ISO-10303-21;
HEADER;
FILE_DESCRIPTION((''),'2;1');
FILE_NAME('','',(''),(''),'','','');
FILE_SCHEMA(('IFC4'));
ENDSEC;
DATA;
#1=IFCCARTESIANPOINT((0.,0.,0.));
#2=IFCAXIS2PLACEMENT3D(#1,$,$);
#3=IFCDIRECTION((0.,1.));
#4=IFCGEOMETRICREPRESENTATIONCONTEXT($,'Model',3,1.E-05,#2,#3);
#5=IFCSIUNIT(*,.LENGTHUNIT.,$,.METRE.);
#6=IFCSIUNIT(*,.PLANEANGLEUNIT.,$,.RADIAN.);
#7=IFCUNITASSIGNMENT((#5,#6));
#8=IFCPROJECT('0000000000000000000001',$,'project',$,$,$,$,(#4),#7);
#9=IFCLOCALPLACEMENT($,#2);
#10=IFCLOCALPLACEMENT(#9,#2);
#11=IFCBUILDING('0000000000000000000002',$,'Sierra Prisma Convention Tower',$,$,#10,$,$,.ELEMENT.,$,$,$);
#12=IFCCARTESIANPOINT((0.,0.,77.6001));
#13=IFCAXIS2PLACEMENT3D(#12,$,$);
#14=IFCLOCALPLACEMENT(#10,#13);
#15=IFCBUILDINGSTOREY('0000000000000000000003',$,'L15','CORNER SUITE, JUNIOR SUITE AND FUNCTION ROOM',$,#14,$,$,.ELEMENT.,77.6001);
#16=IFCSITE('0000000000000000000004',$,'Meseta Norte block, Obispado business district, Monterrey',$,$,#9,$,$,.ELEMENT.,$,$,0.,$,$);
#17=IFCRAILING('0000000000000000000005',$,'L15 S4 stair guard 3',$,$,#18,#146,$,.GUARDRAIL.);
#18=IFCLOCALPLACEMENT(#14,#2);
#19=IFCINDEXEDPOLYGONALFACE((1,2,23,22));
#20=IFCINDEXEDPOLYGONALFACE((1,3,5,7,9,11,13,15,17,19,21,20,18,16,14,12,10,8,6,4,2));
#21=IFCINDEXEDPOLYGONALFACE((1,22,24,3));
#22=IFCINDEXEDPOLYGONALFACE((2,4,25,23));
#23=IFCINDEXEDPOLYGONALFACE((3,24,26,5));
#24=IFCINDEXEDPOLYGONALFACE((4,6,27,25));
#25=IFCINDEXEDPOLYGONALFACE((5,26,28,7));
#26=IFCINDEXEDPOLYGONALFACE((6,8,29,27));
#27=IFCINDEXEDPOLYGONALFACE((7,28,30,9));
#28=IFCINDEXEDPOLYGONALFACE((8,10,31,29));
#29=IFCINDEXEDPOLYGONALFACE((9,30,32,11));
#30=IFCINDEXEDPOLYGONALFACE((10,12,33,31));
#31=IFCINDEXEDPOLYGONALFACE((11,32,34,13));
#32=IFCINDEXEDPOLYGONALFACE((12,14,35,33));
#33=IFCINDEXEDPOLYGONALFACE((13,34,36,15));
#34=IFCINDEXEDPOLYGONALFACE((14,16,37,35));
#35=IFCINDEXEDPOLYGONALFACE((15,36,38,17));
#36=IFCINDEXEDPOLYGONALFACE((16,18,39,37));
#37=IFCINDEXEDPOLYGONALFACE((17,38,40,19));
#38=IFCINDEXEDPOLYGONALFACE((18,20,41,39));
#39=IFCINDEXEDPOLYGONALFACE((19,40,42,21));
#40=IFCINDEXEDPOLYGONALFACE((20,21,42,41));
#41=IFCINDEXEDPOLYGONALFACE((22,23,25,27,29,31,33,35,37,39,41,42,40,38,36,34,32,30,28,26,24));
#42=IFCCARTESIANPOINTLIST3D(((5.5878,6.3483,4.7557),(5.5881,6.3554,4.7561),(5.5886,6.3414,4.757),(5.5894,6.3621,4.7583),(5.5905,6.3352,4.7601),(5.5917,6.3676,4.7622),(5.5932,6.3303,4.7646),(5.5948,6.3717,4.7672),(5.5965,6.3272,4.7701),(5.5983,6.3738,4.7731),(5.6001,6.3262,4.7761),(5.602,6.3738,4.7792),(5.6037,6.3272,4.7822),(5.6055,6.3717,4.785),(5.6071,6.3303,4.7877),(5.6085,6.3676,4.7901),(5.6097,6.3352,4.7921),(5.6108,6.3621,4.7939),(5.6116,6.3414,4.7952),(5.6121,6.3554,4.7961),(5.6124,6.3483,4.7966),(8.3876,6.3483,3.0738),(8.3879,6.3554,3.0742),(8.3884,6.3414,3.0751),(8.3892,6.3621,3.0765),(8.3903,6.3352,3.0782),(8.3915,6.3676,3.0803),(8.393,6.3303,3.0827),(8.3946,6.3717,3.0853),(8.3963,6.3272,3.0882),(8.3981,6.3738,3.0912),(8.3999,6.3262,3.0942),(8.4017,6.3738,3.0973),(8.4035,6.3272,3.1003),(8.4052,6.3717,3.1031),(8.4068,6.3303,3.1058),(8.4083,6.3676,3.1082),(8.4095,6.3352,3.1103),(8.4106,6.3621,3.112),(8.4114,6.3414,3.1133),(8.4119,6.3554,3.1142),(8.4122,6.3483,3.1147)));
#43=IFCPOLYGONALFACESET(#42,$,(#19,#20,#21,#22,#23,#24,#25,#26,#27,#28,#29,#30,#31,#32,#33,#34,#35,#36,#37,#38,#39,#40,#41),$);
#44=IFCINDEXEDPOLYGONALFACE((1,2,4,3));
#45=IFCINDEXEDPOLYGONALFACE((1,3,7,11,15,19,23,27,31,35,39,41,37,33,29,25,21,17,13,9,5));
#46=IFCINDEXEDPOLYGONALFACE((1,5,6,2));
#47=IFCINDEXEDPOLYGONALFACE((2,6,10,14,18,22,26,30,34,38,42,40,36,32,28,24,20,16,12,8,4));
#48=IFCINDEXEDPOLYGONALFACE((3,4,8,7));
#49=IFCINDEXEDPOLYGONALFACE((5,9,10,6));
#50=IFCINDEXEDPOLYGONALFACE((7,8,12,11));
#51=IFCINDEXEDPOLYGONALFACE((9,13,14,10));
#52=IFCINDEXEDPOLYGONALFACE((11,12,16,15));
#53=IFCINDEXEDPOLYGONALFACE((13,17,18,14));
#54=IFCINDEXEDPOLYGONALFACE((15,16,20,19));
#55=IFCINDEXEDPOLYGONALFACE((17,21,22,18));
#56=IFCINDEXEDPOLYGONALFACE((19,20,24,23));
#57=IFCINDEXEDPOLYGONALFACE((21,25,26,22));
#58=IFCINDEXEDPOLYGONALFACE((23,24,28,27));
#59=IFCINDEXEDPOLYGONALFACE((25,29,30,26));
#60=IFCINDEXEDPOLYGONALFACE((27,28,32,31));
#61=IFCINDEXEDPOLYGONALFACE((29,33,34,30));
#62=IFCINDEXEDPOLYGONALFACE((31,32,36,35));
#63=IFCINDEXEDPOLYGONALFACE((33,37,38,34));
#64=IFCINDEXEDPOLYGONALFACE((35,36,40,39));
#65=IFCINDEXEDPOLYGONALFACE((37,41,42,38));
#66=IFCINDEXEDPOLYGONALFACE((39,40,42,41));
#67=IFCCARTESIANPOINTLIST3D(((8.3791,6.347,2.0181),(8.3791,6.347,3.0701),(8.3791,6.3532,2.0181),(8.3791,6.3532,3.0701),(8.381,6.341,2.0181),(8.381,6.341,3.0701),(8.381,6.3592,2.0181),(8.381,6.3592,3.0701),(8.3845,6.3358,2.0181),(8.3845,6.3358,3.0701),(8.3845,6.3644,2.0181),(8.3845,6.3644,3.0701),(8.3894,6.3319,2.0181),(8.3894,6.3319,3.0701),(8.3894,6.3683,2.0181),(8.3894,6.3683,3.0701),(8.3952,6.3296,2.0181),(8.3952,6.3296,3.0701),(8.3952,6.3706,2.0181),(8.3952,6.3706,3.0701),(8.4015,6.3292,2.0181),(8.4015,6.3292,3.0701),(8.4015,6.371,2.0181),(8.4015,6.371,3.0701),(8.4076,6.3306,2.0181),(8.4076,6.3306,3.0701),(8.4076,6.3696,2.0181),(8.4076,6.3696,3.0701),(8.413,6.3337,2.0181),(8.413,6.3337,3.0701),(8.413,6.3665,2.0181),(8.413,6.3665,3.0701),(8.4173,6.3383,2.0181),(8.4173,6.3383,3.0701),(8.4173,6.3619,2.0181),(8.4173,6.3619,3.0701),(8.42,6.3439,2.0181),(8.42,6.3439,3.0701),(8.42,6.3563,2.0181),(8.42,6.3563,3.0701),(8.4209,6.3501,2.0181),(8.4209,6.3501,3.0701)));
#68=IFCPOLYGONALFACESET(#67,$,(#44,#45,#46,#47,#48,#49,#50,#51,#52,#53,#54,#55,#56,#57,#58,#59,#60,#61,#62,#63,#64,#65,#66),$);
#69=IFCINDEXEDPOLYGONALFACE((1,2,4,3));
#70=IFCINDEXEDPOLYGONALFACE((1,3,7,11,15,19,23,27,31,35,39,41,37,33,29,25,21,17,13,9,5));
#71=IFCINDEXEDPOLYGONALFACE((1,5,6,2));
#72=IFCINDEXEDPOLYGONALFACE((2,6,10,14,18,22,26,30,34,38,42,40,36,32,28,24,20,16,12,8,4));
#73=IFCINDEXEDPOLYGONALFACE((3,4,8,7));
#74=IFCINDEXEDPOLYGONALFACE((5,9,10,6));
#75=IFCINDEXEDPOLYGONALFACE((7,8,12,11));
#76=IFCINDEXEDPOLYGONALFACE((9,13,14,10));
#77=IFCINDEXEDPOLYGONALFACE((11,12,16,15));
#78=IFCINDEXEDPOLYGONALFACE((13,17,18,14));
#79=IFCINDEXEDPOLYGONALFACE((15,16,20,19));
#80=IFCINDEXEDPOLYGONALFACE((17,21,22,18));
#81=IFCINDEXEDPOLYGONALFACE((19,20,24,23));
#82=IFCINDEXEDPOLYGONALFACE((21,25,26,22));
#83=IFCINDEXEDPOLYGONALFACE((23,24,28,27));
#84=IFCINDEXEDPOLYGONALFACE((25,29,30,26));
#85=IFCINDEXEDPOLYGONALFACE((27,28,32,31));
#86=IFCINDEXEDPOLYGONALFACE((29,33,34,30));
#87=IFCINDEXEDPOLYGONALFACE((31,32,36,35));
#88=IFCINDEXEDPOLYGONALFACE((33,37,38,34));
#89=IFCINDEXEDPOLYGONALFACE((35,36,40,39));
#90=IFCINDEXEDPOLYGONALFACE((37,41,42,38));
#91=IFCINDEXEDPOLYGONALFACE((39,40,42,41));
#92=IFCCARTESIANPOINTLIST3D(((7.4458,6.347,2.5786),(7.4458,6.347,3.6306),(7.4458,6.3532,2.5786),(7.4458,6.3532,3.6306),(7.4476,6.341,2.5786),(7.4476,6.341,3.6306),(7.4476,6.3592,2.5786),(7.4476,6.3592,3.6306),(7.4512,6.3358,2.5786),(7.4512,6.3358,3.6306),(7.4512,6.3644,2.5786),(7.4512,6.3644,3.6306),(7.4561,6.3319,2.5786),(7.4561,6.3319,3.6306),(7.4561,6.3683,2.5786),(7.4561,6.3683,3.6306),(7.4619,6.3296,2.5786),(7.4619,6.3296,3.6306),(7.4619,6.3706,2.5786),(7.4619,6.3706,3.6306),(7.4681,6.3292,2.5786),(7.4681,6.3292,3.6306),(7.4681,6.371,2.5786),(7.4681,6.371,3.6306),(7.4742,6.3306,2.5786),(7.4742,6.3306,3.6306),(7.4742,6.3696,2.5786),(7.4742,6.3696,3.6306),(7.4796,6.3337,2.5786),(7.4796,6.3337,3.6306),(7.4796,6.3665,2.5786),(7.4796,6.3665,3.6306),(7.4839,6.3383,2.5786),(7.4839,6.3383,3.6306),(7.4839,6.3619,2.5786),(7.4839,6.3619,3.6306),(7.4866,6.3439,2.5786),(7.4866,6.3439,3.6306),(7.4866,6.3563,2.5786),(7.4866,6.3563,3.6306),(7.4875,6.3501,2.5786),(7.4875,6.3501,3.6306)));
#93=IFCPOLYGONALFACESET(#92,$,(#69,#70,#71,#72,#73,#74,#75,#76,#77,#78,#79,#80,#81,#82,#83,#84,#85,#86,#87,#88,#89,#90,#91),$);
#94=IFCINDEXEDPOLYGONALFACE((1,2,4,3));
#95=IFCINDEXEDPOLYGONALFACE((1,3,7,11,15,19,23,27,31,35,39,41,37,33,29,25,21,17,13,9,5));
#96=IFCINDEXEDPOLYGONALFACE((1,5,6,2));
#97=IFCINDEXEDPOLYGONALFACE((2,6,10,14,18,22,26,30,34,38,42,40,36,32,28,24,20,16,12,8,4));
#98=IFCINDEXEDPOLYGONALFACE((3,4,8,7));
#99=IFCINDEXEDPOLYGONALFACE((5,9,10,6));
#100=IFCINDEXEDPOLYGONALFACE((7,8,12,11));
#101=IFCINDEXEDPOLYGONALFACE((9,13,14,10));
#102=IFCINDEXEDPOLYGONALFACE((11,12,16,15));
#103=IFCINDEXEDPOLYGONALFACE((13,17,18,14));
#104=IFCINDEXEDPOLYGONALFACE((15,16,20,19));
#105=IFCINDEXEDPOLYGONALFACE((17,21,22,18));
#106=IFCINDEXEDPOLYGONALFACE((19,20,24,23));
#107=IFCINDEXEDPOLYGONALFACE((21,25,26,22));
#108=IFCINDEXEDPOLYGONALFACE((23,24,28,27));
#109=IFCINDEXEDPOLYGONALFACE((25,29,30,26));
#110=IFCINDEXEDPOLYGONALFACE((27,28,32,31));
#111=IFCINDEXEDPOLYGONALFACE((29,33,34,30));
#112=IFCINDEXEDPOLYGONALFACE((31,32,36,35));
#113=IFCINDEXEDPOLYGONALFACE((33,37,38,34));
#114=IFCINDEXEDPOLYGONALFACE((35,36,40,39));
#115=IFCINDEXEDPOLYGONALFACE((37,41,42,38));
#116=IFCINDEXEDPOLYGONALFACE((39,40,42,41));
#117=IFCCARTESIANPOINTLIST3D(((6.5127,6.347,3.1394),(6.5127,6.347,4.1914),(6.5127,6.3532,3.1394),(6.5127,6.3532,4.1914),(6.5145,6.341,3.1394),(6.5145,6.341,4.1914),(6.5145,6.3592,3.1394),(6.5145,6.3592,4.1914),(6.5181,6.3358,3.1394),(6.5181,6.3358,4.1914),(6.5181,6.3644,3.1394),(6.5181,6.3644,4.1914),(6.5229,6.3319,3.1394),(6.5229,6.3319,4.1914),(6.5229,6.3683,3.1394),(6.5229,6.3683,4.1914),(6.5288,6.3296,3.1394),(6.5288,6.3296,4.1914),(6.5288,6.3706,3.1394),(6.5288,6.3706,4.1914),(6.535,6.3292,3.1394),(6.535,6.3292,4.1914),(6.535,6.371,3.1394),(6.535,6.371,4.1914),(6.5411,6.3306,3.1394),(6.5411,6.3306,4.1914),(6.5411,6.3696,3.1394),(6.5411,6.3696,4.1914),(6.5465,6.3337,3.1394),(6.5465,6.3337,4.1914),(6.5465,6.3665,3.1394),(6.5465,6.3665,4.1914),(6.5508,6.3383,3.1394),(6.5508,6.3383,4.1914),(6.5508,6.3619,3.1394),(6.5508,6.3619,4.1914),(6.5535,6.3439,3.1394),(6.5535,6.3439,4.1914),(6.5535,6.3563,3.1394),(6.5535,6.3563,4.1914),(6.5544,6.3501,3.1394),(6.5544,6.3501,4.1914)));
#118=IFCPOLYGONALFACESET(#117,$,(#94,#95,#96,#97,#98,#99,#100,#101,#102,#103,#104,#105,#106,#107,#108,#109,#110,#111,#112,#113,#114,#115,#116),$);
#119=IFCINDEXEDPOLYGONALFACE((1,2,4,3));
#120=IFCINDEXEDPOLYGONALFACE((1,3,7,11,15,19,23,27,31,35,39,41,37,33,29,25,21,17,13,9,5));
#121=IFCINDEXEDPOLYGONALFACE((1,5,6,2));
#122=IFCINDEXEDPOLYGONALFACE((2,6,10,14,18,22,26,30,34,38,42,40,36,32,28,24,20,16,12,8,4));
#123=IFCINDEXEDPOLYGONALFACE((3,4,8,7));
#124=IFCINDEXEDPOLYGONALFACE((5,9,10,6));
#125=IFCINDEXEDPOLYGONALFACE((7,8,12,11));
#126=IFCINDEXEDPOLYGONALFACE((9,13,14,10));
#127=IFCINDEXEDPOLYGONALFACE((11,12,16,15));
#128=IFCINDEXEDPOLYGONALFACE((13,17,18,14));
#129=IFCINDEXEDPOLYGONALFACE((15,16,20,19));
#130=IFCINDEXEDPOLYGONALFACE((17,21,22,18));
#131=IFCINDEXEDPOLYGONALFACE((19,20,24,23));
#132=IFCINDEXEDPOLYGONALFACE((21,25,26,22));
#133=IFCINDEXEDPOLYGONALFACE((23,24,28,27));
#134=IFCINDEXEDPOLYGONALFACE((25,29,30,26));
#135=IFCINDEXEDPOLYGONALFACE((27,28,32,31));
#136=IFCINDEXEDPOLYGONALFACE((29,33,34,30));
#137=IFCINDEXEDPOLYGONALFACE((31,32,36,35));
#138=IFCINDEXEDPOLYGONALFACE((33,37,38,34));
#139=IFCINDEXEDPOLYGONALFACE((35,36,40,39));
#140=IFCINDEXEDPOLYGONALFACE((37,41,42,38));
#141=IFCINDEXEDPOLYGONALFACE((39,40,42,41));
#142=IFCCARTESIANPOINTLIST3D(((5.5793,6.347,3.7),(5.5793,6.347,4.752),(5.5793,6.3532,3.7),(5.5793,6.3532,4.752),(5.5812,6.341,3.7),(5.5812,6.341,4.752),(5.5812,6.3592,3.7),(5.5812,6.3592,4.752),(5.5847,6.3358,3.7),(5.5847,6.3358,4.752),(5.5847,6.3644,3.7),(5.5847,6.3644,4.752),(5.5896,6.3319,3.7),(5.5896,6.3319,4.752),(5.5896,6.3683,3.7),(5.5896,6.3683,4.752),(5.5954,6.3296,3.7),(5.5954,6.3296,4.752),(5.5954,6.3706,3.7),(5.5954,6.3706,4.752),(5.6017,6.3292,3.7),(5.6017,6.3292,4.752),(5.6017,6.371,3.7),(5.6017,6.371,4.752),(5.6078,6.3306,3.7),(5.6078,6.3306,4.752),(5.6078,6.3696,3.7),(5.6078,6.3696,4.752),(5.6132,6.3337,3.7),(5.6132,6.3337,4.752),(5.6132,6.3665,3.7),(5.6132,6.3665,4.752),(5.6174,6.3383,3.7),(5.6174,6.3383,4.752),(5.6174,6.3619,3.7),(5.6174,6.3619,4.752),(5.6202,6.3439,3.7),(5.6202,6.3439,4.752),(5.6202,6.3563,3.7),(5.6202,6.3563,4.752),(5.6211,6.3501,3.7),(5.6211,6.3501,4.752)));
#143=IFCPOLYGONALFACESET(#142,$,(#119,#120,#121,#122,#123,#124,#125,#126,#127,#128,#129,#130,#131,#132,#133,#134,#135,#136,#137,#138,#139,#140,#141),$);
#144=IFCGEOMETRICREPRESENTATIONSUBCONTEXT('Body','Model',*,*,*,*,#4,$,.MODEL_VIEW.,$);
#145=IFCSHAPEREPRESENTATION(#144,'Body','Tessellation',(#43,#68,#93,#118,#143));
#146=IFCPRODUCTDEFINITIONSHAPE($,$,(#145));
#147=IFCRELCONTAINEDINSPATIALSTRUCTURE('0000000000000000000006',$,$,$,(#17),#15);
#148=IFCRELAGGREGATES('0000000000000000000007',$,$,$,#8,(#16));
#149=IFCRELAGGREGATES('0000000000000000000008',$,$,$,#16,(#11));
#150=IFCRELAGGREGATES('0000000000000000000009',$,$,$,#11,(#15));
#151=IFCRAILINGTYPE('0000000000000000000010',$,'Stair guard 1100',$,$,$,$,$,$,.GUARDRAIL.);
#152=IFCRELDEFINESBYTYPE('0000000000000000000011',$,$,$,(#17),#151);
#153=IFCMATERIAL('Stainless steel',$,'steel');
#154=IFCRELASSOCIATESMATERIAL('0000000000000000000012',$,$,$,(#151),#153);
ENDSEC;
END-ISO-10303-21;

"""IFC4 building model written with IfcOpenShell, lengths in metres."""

from ifc_helpers import new_model, si_unit, direction, frame, origin, origin_2d, place, context, subcontext, project, spatial, circle, extrude, material, type_object, element, save


model = new_model("IFC4")

# Units and contexts
model_context = context("Model", 3, precision=1e-05, world=origin(), true_north=direction((0.0, 1.0)))
body_context = subcontext(model_context, "Body", "Model", "MODEL_VIEW")
ifc_project = project(units=[si_unit("LENGTHUNIT", "METRE"), si_unit("PLANEANGLEUNIT", "RADIAN")], contexts=[model_context])

# Site, building, storey
site_placement = place(None, origin())
site = spatial("IfcSite", under=ifc_project, at=site_placement, Name="Meseta Norte block, Obispado business district, Monterrey", CompositionType="ELEMENT", RefElevation=0.0)
building_placement = place(site_placement, origin())
building = spatial("IfcBuilding", under=site, at=building_placement, Name="Sierra Prisma Convention Tower", CompositionType="ELEMENT")
storey_placement = place(building_placement, frame((0.0, 0.0, 77.6001)))
storey = spatial("IfcBuildingStorey", under=building, at=storey_placement, Name="L15", Description="CORNER SUITE, JUNIOR SUITE AND FUNCTION ROOM", CompositionType="ELEMENT", Elevation=77.6001)

# Railing
ifc_material_1 = material(Name="Stainless steel", Category="steel")
railing_type_1 = type_object("IfcRailingType", Name="Stair guard 1100", PredefinedType="GUARDRAIL", material=ifc_material_1)
railing_1_placement = place(storey_placement, frame((8.3999, 6.3501, 2.0181)))
element("IfcRailing", 1, at=railing_1_placement, inside=storey, type_object=railing_type_1, Name="L15 S4 stair guard 3", PredefinedType="GUARDRAIL", context=body_context, shape_type="SweptSolid", body=[
    extrude(circle(Radius=0.0239, at=origin_2d()), frame((0.0, 0.0, 1.0762), z_axis=(-0.857222, 0.0, 0.514946), x_axis=(0.0, -1.0, 0.0)), (0.0, 0.0, 1.0), 3.2661),
    extrude(circle(Radius=0.021, at=origin_2d()), origin(), (0.0, 0.0, 1.0), 1.052),
    extrude(circle(Radius=0.021, at=origin_2d()), frame((-0.9333, 0.0, 0.5605)), (0.0, 0.0, 1.0), 1.052),
    extrude(circle(Radius=0.021, at=origin_2d()), frame((-1.8665, 0.0, 1.1213)), (0.0, 0.0, 1.0), 1.052),
    extrude(circle(Radius=0.021, at=origin_2d()), frame((-2.7998, 0.0, 1.6819)), (0.0, 0.0, 1.0), 1.052),
])

save(model, "model.ifc")
